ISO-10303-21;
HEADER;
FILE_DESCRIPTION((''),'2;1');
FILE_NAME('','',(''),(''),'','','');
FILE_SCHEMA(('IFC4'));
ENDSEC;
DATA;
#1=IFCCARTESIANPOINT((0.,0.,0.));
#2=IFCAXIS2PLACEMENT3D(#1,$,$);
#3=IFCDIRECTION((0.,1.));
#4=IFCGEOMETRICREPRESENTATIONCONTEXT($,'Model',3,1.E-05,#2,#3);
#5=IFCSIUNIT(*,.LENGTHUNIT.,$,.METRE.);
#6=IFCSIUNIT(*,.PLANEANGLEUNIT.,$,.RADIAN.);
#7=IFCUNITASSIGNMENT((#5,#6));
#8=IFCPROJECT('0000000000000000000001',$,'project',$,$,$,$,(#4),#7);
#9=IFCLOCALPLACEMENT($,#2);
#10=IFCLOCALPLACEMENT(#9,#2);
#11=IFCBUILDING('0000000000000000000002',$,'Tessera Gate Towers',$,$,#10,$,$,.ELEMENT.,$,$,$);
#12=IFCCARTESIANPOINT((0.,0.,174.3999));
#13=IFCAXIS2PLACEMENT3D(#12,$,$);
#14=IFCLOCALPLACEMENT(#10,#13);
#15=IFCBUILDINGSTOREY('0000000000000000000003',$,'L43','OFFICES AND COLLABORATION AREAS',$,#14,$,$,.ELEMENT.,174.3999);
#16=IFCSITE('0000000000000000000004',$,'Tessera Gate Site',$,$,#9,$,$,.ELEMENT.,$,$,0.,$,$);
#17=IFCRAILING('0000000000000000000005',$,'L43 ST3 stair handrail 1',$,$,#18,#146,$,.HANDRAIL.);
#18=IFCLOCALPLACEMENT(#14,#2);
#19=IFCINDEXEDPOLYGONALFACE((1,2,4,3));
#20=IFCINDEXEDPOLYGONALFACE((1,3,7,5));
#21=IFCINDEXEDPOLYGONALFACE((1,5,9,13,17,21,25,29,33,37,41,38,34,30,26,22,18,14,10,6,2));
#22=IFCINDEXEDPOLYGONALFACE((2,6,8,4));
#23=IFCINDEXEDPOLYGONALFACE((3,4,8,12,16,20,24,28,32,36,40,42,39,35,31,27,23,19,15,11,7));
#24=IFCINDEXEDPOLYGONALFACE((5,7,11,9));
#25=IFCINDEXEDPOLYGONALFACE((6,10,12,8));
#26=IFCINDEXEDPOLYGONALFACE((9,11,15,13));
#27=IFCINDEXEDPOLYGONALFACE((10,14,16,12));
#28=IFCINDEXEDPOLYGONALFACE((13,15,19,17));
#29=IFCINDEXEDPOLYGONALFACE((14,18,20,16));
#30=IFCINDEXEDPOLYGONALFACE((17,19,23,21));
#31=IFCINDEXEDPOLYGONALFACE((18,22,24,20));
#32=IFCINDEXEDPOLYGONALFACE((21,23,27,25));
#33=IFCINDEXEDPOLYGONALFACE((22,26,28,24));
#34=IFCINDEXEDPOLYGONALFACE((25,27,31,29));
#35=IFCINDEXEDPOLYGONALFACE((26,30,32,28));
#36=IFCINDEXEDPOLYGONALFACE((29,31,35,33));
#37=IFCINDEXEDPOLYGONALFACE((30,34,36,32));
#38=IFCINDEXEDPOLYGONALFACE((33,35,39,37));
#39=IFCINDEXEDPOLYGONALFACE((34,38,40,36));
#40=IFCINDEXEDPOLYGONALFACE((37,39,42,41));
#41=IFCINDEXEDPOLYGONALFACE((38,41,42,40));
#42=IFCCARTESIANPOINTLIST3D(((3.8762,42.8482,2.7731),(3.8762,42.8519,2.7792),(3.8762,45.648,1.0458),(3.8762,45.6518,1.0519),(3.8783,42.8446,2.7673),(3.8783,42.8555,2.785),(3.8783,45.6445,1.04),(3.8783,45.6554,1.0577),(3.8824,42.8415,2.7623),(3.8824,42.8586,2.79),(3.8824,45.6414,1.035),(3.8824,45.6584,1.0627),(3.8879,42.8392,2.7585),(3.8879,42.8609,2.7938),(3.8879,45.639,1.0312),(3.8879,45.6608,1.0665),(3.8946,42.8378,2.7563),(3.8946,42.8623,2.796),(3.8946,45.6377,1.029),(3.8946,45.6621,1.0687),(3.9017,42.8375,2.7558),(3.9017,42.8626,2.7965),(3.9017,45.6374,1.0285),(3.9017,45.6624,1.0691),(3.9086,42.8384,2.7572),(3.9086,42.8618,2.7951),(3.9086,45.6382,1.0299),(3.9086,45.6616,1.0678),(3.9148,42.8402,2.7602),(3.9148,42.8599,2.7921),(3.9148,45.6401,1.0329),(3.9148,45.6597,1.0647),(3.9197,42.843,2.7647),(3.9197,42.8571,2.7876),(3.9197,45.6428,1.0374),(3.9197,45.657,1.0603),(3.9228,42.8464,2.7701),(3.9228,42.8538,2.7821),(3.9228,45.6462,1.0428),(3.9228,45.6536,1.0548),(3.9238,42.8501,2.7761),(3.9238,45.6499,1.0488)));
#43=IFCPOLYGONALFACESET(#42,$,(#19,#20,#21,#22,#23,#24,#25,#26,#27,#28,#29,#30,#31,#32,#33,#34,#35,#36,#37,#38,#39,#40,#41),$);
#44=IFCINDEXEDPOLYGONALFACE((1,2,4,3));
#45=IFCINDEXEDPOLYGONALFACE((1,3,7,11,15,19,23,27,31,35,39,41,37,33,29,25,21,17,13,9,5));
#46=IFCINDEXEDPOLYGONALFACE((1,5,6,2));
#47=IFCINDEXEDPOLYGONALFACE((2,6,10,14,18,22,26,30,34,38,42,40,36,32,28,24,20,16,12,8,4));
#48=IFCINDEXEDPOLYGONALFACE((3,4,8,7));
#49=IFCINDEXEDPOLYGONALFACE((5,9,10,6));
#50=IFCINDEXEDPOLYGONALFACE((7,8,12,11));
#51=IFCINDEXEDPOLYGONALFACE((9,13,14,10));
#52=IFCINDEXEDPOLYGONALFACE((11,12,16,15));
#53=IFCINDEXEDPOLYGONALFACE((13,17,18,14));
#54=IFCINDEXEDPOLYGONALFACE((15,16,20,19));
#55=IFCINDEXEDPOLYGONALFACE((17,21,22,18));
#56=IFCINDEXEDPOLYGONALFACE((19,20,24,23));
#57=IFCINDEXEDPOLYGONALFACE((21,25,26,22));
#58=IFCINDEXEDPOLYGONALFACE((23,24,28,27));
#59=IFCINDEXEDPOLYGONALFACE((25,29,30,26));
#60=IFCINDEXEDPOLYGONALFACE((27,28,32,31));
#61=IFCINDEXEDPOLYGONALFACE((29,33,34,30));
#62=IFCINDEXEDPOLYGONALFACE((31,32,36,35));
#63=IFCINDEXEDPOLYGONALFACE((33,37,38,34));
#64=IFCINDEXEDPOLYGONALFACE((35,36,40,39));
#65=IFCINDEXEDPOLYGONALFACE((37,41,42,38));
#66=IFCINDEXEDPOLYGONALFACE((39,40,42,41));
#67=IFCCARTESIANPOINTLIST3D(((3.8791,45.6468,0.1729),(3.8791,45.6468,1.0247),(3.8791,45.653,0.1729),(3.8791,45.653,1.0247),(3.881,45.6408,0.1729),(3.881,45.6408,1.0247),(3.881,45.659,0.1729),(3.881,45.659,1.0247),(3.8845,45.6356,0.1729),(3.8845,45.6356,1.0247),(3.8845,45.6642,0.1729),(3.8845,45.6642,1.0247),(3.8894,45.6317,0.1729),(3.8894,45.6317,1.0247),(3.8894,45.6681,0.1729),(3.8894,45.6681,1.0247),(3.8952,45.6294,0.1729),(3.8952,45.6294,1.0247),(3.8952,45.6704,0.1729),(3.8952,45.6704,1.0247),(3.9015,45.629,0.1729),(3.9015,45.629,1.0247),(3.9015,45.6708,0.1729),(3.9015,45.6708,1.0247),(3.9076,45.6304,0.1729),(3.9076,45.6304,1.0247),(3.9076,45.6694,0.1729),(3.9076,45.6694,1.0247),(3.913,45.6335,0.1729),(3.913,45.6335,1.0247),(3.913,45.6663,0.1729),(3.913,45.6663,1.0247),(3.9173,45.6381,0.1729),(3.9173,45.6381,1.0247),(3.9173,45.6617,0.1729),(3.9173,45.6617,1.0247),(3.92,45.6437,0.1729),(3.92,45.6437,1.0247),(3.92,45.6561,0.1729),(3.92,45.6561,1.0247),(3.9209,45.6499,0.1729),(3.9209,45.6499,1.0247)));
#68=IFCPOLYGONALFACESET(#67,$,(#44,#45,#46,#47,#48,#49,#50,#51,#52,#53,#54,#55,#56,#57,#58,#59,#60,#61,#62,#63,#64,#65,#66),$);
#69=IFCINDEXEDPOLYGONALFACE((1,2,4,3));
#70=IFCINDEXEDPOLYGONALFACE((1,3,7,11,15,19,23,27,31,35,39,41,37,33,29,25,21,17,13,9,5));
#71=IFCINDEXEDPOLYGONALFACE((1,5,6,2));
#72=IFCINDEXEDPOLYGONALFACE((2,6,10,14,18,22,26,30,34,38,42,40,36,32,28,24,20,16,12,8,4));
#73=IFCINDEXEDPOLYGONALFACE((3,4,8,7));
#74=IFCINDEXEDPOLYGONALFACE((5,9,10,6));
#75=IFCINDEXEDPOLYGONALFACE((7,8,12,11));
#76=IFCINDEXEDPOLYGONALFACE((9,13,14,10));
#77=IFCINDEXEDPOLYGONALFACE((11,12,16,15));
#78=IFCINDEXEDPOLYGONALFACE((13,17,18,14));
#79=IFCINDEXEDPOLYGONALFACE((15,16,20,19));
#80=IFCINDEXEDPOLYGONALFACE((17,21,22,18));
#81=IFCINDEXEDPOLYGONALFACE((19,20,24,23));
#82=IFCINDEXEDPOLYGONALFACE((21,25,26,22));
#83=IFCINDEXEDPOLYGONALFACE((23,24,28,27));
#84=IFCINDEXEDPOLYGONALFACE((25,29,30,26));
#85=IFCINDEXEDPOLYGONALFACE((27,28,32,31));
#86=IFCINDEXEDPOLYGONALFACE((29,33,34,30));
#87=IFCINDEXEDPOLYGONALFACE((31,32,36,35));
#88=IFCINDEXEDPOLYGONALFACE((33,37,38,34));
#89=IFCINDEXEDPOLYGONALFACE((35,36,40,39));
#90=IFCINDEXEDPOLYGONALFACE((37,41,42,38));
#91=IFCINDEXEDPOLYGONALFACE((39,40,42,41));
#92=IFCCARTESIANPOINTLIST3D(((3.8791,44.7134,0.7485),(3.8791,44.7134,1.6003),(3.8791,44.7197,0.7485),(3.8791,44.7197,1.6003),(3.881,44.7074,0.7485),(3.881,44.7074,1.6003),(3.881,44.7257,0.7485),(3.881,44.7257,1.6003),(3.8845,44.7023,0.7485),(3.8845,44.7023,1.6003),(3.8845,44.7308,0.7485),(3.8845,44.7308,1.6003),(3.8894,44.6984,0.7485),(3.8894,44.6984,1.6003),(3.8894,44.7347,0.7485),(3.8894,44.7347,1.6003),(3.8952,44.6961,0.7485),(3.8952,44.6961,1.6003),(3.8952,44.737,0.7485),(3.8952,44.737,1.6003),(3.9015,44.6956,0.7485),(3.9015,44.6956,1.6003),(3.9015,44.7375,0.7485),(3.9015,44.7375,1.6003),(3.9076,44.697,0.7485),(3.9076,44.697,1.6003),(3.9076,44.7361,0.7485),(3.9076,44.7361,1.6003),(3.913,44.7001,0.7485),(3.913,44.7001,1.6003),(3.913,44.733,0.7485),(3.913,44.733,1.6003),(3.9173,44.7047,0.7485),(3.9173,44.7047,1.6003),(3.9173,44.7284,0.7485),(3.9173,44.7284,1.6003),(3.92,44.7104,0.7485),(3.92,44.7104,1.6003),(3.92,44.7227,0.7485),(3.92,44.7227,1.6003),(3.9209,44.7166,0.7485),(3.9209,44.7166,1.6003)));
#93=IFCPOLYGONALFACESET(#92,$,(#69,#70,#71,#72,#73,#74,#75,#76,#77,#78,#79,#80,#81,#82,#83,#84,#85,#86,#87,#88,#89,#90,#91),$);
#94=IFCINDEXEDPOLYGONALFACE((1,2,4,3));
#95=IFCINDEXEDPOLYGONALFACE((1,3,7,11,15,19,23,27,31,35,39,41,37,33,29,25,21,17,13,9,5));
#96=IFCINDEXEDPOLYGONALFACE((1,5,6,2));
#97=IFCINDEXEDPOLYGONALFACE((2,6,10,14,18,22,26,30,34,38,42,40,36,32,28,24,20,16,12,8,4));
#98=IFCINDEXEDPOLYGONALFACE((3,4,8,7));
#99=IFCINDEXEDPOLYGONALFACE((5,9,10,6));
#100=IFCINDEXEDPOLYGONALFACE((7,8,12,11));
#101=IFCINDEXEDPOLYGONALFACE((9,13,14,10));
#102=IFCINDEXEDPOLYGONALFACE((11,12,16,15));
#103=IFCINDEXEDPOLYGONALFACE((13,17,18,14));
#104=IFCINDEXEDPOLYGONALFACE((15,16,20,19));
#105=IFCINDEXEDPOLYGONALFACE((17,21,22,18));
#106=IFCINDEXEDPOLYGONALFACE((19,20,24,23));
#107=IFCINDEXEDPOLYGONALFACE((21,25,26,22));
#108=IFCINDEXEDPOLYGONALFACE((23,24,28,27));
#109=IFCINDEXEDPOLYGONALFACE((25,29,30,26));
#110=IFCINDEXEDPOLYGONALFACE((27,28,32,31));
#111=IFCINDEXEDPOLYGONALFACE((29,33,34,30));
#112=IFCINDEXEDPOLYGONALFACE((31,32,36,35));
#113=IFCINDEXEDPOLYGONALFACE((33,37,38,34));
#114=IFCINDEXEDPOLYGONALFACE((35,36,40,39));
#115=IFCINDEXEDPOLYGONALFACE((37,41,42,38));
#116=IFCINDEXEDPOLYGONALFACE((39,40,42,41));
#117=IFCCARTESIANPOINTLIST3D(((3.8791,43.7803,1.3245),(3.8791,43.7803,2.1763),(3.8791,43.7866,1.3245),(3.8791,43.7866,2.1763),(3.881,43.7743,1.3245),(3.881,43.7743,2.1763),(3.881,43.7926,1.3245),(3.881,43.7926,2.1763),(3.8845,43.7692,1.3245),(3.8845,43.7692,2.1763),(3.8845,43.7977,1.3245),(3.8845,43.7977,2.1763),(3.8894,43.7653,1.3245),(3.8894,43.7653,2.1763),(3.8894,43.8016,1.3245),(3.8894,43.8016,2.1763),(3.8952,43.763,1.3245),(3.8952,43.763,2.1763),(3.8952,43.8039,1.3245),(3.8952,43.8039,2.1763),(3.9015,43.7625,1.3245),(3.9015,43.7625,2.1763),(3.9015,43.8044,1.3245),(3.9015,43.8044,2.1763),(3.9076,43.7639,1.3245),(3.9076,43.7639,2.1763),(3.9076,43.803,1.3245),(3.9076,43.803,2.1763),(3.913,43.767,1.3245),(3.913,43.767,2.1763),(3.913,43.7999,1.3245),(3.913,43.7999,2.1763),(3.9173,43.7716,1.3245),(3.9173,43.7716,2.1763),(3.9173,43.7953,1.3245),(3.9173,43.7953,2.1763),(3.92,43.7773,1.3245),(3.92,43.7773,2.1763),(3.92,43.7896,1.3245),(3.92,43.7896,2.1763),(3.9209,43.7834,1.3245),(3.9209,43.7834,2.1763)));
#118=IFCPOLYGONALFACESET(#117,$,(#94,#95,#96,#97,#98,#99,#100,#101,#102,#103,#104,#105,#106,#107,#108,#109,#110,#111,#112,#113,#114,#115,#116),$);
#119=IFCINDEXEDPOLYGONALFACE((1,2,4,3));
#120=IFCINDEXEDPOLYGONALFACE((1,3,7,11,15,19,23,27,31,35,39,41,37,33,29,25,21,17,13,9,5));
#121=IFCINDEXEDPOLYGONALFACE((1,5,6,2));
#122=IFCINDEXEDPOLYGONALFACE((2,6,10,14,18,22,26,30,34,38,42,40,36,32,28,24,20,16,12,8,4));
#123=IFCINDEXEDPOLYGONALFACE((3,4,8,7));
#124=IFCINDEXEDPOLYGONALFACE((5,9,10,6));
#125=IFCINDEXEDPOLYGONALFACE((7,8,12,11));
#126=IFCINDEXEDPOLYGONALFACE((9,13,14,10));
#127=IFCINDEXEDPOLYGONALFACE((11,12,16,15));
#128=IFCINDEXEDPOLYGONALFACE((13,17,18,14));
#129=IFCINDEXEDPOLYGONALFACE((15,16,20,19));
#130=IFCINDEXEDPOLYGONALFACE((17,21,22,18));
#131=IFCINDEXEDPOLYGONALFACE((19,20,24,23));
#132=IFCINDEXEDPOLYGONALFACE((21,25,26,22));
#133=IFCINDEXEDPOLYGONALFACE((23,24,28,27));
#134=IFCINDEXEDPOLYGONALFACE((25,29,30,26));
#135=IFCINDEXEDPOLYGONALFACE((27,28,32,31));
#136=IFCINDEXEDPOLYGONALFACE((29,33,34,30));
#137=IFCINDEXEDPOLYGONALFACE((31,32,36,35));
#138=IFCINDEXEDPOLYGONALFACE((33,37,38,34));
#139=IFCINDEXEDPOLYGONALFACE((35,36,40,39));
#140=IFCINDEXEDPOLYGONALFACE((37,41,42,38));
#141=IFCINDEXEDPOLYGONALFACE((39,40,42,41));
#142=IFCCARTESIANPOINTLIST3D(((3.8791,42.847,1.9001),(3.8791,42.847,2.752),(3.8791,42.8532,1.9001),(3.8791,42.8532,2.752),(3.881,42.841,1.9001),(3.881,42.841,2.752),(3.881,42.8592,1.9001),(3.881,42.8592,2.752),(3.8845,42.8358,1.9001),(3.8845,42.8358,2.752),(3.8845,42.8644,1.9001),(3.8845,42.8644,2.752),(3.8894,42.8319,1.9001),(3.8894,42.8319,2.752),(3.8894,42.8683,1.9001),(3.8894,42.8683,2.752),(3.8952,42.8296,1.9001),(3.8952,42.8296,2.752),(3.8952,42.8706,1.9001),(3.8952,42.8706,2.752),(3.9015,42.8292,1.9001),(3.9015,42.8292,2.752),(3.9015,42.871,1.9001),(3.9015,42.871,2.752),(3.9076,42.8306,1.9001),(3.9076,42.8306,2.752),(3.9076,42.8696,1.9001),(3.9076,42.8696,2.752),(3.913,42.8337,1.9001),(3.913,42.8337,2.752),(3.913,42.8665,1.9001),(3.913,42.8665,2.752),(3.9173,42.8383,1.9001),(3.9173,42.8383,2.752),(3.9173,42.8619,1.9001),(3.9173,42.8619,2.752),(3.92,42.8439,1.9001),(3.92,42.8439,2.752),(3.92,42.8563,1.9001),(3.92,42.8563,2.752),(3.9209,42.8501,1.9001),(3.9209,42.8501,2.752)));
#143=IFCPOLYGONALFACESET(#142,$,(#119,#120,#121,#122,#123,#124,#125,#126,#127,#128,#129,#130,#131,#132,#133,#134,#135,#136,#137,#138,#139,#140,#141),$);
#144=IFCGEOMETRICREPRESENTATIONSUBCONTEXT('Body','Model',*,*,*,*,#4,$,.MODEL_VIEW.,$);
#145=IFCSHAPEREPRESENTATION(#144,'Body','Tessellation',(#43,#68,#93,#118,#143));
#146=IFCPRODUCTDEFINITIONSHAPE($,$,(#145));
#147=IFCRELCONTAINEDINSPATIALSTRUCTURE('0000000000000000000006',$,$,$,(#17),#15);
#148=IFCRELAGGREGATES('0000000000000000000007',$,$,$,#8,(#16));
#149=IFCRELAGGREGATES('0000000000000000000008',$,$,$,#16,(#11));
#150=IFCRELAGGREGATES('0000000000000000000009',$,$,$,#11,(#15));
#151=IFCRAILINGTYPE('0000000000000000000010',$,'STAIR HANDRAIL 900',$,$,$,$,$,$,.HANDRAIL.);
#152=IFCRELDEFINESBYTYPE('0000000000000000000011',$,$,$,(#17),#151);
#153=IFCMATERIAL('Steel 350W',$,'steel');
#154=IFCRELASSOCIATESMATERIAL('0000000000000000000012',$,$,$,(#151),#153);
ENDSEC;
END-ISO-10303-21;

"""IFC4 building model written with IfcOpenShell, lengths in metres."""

from ifc_helpers import new_model, si_unit, direction, frame, origin, origin_2d, place, context, subcontext, project, spatial, circle, extrude, material, type_object, element, save


model = new_model("IFC4")

# Units and contexts
model_context = context("Model", 3, precision=1e-05, world=origin(), true_north=direction((0.0, 1.0)))
body_context = subcontext(model_context, "Body", "Model", "MODEL_VIEW")
ifc_project = project(units=[si_unit("LENGTHUNIT", "METRE"), si_unit("PLANEANGLEUNIT", "RADIAN")], contexts=[model_context])

# Site, building, storey
site_placement = place(None, origin())
site = spatial("IfcSite", under=ifc_project, at=site_placement, Name="Tessera Gate Site", CompositionType="ELEMENT", RefElevation=0.0)
building_placement = place(site_placement, origin())
building = spatial("IfcBuilding", under=site, at=building_placement, Name="Tessera Gate Towers", CompositionType="ELEMENT")
storey_placement = place(building_placement, frame((0.0, 0.0, 174.3999)))
storey = spatial("IfcBuildingStorey", under=building, at=storey_placement, Name="L43", Description="OFFICES AND COLLABORATION AREAS", CompositionType="ELEMENT", Elevation=174.3999)

# Railing
ifc_material_1 = material(Name="Steel 350W", Category="steel")
railing_type_1 = type_object("IfcRailingType", Name="STAIR HANDRAIL 900", PredefinedType="HANDRAIL", material=ifc_material_1)
railing_1_placement = place(storey_placement, frame((3.8999, 45.6499, 0.1729)))
element("IfcRailing", 1, at=railing_1_placement, inside=storey, type_object=railing_type_1, Name="L43 ST3 stair handrail 1", PredefinedType="HANDRAIL", context=body_context, shape_type="SweptSolid", body=[
    extrude(circle(Radius=0.0239, at=origin_2d()), frame((0.0, 0.0, 0.876), z_axis=(0.0, -0.851069, 0.525054), x_axis=(1.0, 0.0, 0.0)), (0.0, 0.0, 1.0), 3.2898),
    extrude(circle(Radius=0.021, at=origin_2d()), origin(), (0.0, 0.0, 1.0), 0.8518),
    extrude(circle(Radius=0.021, at=origin_2d()), frame((0.0, -0.9333, 0.5757)), (0.0, 0.0, 1.0), 0.8518),
    extrude(circle(Radius=0.021, at=origin_2d()), frame((0.0, -1.8665, 1.1516)), (0.0, 0.0, 1.0), 0.8518),
    extrude(circle(Radius=0.021, at=origin_2d()), frame((0.0, -2.7998, 1.7273)), (0.0, 0.0, 1.0), 0.8518),
])

save(model, "model.ifc")
